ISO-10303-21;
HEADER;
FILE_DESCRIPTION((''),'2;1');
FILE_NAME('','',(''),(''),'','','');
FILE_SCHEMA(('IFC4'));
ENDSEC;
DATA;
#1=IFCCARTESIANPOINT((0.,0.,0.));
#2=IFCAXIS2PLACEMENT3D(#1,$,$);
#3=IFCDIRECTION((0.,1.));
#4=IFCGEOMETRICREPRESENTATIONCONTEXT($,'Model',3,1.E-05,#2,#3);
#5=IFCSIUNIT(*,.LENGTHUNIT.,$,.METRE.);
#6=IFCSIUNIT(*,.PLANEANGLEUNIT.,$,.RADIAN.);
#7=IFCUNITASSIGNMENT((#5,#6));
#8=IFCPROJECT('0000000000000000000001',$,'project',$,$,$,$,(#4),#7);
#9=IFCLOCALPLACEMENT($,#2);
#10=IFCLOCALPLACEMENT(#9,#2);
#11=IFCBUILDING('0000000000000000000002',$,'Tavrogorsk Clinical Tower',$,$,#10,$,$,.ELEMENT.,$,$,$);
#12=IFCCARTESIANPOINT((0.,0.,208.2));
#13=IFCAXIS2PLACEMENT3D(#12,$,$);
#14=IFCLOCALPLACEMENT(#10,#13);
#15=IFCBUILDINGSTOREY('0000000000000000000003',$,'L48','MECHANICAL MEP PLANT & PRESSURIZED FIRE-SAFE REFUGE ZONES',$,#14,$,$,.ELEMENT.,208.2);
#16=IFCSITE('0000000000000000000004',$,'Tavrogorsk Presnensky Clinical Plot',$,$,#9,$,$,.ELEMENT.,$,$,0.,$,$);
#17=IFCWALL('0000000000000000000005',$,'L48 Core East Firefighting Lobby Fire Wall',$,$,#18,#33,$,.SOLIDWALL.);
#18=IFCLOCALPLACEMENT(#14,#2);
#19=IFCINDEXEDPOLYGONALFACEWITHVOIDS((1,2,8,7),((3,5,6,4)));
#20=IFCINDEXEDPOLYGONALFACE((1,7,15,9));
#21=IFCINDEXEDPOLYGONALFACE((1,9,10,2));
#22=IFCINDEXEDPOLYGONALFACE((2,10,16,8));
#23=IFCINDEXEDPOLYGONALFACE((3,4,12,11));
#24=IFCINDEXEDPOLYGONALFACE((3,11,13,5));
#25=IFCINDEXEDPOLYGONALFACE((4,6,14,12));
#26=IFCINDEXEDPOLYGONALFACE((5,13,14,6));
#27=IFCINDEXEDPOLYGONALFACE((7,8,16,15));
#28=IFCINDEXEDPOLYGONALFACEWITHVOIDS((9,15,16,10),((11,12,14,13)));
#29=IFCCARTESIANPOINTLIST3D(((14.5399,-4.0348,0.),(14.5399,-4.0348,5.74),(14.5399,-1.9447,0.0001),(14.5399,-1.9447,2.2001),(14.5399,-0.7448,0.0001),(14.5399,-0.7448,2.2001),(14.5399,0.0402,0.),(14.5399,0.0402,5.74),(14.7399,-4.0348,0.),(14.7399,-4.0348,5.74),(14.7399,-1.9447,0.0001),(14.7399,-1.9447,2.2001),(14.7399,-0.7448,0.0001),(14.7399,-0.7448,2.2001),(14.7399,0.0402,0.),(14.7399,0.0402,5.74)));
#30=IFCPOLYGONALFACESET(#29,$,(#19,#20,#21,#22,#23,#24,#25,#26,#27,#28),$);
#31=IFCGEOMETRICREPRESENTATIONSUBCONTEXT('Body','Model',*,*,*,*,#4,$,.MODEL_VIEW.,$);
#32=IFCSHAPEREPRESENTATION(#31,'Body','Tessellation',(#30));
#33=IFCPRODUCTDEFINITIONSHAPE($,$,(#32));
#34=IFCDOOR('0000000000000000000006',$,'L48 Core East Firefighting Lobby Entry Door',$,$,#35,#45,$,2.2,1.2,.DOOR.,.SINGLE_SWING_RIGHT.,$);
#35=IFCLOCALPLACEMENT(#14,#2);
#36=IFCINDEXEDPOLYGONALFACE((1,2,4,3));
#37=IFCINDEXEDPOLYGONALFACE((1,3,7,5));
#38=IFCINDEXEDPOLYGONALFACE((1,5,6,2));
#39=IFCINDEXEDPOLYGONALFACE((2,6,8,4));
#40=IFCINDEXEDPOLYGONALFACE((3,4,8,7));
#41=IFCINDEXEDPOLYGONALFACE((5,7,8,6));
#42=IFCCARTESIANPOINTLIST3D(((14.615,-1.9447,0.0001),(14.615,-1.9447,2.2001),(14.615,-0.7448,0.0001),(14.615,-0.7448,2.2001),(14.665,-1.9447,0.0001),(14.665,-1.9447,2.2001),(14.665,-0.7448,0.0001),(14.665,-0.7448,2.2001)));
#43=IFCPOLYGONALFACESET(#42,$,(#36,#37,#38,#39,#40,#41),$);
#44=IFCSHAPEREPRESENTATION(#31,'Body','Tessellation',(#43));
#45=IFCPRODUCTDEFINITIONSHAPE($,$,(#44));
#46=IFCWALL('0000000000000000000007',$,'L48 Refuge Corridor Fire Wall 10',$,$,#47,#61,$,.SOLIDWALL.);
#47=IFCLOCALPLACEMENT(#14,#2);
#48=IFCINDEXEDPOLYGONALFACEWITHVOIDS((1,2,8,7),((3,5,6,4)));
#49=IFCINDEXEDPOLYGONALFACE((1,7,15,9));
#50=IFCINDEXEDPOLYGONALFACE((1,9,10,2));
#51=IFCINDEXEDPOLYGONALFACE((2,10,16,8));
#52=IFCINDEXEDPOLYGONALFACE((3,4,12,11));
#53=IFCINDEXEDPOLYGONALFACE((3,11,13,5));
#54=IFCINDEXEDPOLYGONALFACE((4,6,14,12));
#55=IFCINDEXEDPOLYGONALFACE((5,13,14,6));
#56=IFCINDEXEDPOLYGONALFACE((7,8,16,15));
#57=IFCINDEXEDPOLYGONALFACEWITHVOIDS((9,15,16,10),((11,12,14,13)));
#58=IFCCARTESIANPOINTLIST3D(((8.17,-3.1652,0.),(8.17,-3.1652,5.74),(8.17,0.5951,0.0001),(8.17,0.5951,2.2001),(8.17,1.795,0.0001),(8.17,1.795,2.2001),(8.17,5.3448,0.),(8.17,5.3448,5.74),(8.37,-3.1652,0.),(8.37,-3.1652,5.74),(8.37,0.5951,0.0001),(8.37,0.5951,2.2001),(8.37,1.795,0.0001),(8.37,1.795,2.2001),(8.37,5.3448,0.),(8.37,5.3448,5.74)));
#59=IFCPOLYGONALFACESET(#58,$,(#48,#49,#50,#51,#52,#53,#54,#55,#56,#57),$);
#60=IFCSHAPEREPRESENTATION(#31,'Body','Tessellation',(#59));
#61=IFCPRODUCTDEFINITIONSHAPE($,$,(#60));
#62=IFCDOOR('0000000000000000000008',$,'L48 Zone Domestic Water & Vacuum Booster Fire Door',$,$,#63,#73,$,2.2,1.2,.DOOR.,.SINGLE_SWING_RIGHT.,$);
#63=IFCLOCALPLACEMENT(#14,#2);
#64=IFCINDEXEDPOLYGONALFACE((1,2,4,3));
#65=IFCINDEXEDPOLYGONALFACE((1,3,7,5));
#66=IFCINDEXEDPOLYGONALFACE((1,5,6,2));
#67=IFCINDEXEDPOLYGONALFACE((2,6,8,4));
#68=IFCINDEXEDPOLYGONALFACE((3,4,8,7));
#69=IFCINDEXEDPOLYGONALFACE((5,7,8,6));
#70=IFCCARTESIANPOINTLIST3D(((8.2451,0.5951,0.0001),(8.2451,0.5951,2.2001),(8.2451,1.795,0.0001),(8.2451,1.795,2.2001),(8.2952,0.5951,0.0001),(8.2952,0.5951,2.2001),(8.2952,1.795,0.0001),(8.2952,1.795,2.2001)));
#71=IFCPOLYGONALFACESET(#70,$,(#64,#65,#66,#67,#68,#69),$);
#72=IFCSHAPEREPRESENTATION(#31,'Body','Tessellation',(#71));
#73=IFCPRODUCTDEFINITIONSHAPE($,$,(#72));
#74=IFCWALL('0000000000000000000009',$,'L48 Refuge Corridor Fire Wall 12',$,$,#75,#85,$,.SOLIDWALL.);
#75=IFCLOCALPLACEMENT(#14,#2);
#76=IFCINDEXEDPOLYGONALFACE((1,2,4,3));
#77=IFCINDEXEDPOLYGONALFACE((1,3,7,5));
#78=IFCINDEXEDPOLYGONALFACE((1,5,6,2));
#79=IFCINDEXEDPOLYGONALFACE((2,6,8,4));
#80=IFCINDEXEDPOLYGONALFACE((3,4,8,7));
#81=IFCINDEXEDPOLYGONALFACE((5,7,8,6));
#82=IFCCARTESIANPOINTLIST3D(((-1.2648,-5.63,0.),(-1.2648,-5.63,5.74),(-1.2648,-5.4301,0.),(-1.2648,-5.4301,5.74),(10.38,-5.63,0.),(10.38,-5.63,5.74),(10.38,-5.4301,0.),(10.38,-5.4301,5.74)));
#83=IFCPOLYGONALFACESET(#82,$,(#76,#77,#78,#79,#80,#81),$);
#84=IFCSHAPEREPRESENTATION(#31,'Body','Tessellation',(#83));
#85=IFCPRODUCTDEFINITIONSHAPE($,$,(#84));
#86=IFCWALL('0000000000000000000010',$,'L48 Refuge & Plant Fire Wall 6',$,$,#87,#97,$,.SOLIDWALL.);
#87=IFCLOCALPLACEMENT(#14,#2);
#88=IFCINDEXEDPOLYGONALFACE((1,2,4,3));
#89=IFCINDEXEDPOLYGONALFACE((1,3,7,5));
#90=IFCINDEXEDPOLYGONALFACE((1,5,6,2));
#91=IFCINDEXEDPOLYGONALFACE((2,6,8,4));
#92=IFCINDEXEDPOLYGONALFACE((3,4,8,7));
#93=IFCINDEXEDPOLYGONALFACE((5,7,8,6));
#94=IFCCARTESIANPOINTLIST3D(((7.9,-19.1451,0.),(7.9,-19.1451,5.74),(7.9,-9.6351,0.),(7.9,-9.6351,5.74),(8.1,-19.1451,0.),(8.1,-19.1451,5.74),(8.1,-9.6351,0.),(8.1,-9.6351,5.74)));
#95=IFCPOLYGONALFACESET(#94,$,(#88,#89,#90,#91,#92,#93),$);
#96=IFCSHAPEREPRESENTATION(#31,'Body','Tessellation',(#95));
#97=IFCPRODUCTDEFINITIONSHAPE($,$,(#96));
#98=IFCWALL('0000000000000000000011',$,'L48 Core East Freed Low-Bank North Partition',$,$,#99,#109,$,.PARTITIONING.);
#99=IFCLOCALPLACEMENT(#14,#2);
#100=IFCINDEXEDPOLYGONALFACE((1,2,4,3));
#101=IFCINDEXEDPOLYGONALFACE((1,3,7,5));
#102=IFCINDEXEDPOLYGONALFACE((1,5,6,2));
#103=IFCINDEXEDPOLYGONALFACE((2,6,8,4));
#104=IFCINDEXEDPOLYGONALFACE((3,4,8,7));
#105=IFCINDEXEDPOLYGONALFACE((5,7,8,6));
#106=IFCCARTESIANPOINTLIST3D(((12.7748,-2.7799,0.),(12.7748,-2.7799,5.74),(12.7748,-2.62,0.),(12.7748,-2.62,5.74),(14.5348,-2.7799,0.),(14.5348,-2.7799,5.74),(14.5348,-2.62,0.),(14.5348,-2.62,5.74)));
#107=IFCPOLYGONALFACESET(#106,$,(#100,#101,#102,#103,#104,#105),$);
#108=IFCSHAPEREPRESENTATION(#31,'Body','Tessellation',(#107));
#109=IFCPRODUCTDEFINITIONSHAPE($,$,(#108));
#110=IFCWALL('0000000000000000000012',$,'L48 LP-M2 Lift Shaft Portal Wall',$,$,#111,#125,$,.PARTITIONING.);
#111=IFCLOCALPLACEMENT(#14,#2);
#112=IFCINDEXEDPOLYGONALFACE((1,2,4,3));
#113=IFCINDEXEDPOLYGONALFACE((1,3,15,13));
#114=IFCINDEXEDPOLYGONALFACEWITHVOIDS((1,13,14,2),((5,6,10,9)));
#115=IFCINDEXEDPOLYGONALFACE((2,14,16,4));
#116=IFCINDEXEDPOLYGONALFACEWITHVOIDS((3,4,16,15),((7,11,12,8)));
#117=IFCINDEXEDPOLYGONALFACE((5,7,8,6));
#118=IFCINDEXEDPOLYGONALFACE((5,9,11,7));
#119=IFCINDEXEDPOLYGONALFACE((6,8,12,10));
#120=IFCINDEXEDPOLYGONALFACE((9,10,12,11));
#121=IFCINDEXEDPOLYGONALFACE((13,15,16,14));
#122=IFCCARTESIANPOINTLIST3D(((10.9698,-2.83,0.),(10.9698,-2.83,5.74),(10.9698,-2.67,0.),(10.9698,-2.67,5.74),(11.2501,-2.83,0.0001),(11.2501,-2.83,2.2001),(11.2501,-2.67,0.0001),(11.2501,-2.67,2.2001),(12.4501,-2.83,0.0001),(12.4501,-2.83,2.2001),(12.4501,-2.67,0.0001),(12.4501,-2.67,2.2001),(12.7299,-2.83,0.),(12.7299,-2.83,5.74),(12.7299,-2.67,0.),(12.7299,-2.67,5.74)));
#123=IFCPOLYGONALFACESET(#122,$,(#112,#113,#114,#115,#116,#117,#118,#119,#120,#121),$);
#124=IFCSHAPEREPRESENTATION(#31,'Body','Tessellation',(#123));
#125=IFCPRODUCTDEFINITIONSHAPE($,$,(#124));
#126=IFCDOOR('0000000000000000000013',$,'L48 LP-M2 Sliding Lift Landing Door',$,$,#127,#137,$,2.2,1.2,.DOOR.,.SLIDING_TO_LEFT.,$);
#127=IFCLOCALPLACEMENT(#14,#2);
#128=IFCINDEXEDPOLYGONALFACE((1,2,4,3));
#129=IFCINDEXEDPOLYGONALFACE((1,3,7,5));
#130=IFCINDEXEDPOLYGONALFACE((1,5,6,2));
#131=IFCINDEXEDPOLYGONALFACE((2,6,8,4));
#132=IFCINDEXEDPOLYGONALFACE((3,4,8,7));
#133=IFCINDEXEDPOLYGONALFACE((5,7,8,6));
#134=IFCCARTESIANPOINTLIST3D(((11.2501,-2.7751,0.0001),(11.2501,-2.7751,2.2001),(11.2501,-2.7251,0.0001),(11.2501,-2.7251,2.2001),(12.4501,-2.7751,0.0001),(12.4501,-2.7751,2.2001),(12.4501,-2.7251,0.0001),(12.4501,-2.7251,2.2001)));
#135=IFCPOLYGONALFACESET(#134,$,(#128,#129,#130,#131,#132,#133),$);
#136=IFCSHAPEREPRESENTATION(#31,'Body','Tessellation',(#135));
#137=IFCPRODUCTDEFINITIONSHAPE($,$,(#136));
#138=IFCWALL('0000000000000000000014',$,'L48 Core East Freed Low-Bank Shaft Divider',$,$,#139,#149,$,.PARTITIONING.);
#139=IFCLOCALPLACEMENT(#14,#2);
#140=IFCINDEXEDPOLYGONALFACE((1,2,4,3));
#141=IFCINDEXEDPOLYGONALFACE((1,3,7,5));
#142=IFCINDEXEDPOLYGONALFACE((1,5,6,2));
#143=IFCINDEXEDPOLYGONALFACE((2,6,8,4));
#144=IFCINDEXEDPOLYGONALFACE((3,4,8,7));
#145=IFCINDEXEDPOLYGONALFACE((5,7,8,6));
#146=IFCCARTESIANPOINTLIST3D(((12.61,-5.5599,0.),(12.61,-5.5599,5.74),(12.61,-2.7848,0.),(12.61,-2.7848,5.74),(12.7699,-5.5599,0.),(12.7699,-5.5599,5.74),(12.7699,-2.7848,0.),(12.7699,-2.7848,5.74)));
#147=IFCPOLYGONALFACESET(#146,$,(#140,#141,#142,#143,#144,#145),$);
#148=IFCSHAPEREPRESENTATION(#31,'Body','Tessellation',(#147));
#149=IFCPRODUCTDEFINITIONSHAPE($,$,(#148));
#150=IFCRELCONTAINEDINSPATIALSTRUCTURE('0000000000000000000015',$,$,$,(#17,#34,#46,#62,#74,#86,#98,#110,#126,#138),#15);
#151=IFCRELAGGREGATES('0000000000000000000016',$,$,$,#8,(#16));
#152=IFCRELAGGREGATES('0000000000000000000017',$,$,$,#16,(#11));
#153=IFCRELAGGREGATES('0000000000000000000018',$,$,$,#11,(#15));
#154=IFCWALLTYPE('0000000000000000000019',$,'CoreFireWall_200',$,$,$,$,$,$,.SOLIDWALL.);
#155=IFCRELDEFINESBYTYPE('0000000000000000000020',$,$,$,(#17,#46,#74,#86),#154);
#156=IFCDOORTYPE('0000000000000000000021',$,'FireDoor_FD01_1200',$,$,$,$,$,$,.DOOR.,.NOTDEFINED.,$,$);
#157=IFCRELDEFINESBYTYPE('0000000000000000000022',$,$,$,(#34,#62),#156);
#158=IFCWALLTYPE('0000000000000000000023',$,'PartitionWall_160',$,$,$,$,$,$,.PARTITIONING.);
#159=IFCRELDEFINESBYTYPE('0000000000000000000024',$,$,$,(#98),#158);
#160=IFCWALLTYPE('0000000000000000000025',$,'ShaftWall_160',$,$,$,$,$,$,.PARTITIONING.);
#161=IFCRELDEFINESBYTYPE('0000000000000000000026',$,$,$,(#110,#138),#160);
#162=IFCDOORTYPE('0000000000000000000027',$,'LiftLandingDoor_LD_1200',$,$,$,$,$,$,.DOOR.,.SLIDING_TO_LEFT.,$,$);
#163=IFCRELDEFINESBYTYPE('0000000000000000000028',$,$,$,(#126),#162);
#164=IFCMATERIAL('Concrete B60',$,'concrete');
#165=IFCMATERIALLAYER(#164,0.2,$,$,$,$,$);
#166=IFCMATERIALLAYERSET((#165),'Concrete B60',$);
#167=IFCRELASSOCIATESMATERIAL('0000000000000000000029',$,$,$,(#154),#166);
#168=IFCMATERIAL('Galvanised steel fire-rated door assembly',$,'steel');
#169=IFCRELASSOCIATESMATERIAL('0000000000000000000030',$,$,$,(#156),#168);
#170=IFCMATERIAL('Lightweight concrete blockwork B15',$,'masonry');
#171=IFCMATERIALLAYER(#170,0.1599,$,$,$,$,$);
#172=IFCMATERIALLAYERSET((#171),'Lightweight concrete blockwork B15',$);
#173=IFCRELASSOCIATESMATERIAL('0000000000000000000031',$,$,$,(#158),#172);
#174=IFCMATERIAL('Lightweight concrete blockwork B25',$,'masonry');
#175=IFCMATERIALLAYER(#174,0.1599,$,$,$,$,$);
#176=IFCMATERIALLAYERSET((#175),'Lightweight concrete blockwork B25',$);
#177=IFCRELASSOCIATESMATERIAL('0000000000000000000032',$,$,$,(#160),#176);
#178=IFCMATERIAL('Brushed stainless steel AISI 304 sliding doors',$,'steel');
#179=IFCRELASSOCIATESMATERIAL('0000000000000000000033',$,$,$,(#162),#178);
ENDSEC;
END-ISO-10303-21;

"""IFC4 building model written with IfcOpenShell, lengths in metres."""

from ifc_helpers import new_model, si_unit, direction, frame, frame_2d, origin, place, context, subcontext, project, spatial, rectangle, extrude, material, layer, layer_set, type_object, element, fill, save


model = new_model("IFC4")

# Units and contexts
model_context = context("Model", 3, precision=1e-05, world=origin(), true_north=direction((0.0, 1.0)))
body_context = subcontext(model_context, "Body", "Model", "MODEL_VIEW")
ifc_project = project(units=[si_unit("LENGTHUNIT", "METRE"), si_unit("PLANEANGLEUNIT", "RADIAN")], contexts=[model_context])

# Site, building, storey
site_placement = place(None, origin())
site = spatial("IfcSite", under=ifc_project, at=site_placement, Name="Tavrogorsk Presnensky Clinical Plot", CompositionType="ELEMENT", RefElevation=0.0)
building_placement = place(site_placement, origin())
building = spatial("IfcBuilding", under=site, at=building_placement, Name="Tavrogorsk Clinical Tower", CompositionType="ELEMENT")
storey_placement = place(building_placement, frame((0.0, 0.0, 208.2)))
storey = spatial("IfcBuildingStorey", under=building, at=storey_placement, Name="L48", Description="MECHANICAL MEP PLANT & PRESSURIZED FIRE-SAFE REFUGE ZONES", CompositionType="ELEMENT", Elevation=208.2)

# Walls, openings, doors
ifc_material_1 = material(Name="Concrete B60", Category="concrete")
ifc_layer_1 = layer(ifc_material_1, 0.2)
ifc_layer_set_1 = layer_set([ifc_layer_1], Name="Concrete B60")
wall_type_1 = type_object("IfcWallType", Name="CoreFireWall_200", PredefinedType="SOLIDWALL", material=ifc_layer_set_1)
wall_1_placement = place(storey_placement, frame((14.6399, -4.0349, 0.0), z_axis=(0.0, 0.0, 1.0), x_axis=(0.0, 1.0, 0.0)))
wall_1 = element("IfcWall", 1, at=wall_1_placement, inside=storey, type_object=wall_type_1, Name="L48 Core East Firefighting Lobby Fire Wall", PredefinedType="SOLIDWALL", context=body_context, shape_type="SweptSolid", body=[
    extrude(rectangle(XDim=4.075, YDim=0.2, at=frame_2d((2.0376, 0.0))), origin(), (0.0, 0.0, 1.0), 5.74),
])
opening_1_placement = place(wall_1_placement, frame((2.0901, 0.0, 0.0)))
opening_1 = element("IfcOpeningElement", 2, at=opening_1_placement, cuts=wall_1, PredefinedType="OPENING", context=body_context, shape_type="SweptSolid", body=[
    extrude(rectangle(XDim=1.2, YDim=2.2, at=frame_2d((0.6001, 1.1001))), frame((0.0, 0.1099, 0.0), z_axis=(0.0, -1.0, 0.0), x_axis=(1.0, 0.0, 0.0)), (0.0, 0.0, 1.0), 0.22),
])
ifc_material_2 = material(Name="Galvanised steel fire-rated door assembly", Category="steel")
door_type_1 = type_object("IfcDoorType", Name="FireDoor_FD01_1200", OperationType="NOTDEFINED", PredefinedType="DOOR", material=ifc_material_2)
door_1_placement = place(opening_1_placement, origin())
door_1 = element("IfcDoor", 3, at=door_1_placement, inside=storey, type_object=door_type_1, Name="L48 Core East Firefighting Lobby Entry Door", OperationType="SINGLE_SWING_RIGHT", OverallHeight=2.2, OverallWidth=1.2, PredefinedType="DOOR", context=body_context, shape_type="SweptSolid", body=[
    extrude(rectangle(XDim=1.2, YDim=2.2, at=frame_2d((0.6001, 1.1001))), frame((0.0, 0.0249, 0.0), z_axis=(0.0, -1.0, 0.0), x_axis=(1.0, 0.0, 0.0)), (0.0, 0.0, 1.0), 0.05),
])
fill(opening_1, door_1)
wall_2_placement = place(storey_placement, frame((8.27, -3.165, 0.0), z_axis=(0.0, 0.0, 1.0), x_axis=(0.0, 1.0, 0.0)))
wall_2 = element("IfcWall", 4, at=wall_2_placement, inside=storey, type_object=wall_type_1, Name="L48 Refuge Corridor Fire Wall 10", PredefinedType="SOLIDWALL", context=body_context, shape_type="SweptSolid", body=[
    extrude(rectangle(XDim=8.51, YDim=0.2, at=frame_2d((4.2549, 0.0))), origin(), (0.0, 0.0, 1.0), 5.74),
])
opening_2_placement = place(wall_2_placement, frame((3.76, 0.0, 0.0)))
opening_2 = element("IfcOpeningElement", 5, at=opening_2_placement, cuts=wall_2, PredefinedType="OPENING", context=body_context, shape_type="SweptSolid", body=[
    extrude(rectangle(XDim=1.2, YDim=2.2, at=frame_2d((0.6001, 1.1001))), frame((0.0, 0.1099, 0.0), z_axis=(0.0, -1.0, 0.0), x_axis=(1.0, 0.0, 0.0)), (0.0, 0.0, 1.0), 0.22),
])
door_2_placement = place(opening_2_placement, origin())
door_2 = element("IfcDoor", 6, at=door_2_placement, inside=storey, type_object=door_type_1, Name="L48 Zone Domestic Water & Vacuum Booster Fire Door", OperationType="SINGLE_SWING_RIGHT", OverallHeight=2.2, OverallWidth=1.2, PredefinedType="DOOR", context=body_context, shape_type="SweptSolid", body=[
    extrude(rectangle(XDim=1.2, YDim=2.2, at=frame_2d((0.6001, 1.1001))), frame((0.0, 0.0249, 0.0), z_axis=(0.0, -1.0, 0.0), x_axis=(1.0, 0.0, 0.0)), (0.0, 0.0, 1.0), 0.05),
])
fill(opening_2, door_2)

# Walls
wall_3_placement = place(storey_placement, frame((10.3799, -5.53, 0.0), z_axis=(0.0, 0.0, 1.0), x_axis=(-1.0, 0.0, 0.0)))
element("IfcWall", 7, at=wall_3_placement, inside=storey, type_object=wall_type_1, Name="L48 Refuge Corridor Fire Wall 12", PredefinedType="SOLIDWALL", context=body_context, shape_type="SweptSolid", body=[
    extrude(rectangle(XDim=11.6448, YDim=0.2, at=frame_2d((5.8223, 0.0))), origin(), (0.0, 0.0, 1.0), 5.74),
])
wall_4_placement = place(storey_placement, frame((8.0, -19.145, 0.0), z_axis=(0.0, 0.0, 1.0), x_axis=(0.0, 1.0, 0.0)))
element("IfcWall", 8, at=wall_4_placement, inside=storey, type_object=wall_type_1, Name="L48 Refuge & Plant Fire Wall 6", PredefinedType="SOLIDWALL", context=body_context, shape_type="SweptSolid", body=[
    extrude(rectangle(XDim=9.51, YDim=0.2, at=frame_2d((4.7549, 0.0))), origin(), (0.0, 0.0, 1.0), 5.74),
])
ifc_material_3 = material(Name="Lightweight concrete blockwork B15", Category="masonry")
ifc_layer_2 = layer(ifc_material_3, 0.1599)
ifc_layer_set_2 = layer_set([ifc_layer_2], Name="Lightweight concrete blockwork B15")
wall_type_2 = type_object("IfcWallType", Name="PartitionWall_160", PredefinedType="PARTITIONING", material=ifc_layer_set_2)
wall_5_placement = place(storey_placement, frame((12.7749, -2.7, 0.0), z_axis=(0.0, 0.0, 1.0), x_axis=(1.0, 0.0, 0.0)))
element("IfcWall", 9, at=wall_5_placement, inside=storey, type_object=wall_type_2, Name="L48 Core East Freed Low-Bank North Partition", PredefinedType="PARTITIONING", context=body_context, shape_type="SweptSolid", body=[
    extrude(rectangle(XDim=1.76, YDim=0.1599, at=frame_2d((0.8799, 0.0))), origin(), (0.0, 0.0, 1.0), 5.74),
])

# Wall, opening, door
ifc_material_4 = material(Name="Lightweight concrete blockwork B25", Category="masonry")
ifc_layer_3 = layer(ifc_material_4, 0.1599)
ifc_layer_set_3 = layer_set([ifc_layer_3], Name="Lightweight concrete blockwork B25")
wall_type_3 = type_object("IfcWallType", Name="ShaftWall_160", PredefinedType="PARTITIONING", material=ifc_layer_set_3)
wall_6_placement = place(storey_placement, frame((10.97, -2.75, 0.0), z_axis=(0.0, 0.0, 1.0), x_axis=(1.0, 0.0, 0.0)))
wall_6 = element("IfcWall", 10, at=wall_6_placement, inside=storey, type_object=wall_type_3, Name="L48 LP-M2 Lift Shaft Portal Wall", PredefinedType="PARTITIONING", context=body_context, shape_type="SweptSolid", body=[
    extrude(rectangle(XDim=1.76, YDim=0.1599, at=frame_2d((0.8799, 0.0))), origin(), (0.0, 0.0, 1.0), 5.74),
])
opening_3_placement = place(wall_6_placement, frame((0.28, 0.0, 0.0)))
opening_3 = element("IfcOpeningElement", 11, at=opening_3_placement, cuts=wall_6, PredefinedType="OPENING", context=body_context, shape_type="SweptSolid", body=[
    extrude(rectangle(XDim=1.2, YDim=2.2, at=frame_2d((0.6001, 1.1001))), frame((0.0, 0.0898, 0.0), z_axis=(0.0, -1.0, 0.0), x_axis=(1.0, 0.0, 0.0)), (0.0, 0.0, 1.0), 0.1799),
])
ifc_material_5 = material(Name="Brushed stainless steel AISI 304 sliding doors", Category="steel")
door_type_2 = type_object("IfcDoorType", Name="LiftLandingDoor_LD_1200", OperationType="SLIDING_TO_LEFT", PredefinedType="DOOR", material=ifc_material_5)
door_3_placement = place(opening_3_placement, origin())
door_3 = element("IfcDoor", 12, at=door_3_placement, inside=storey, type_object=door_type_2, Name="L48 LP-M2 Sliding Lift Landing Door", OperationType="SLIDING_TO_LEFT", OverallHeight=2.2, OverallWidth=1.2, PredefinedType="DOOR", context=body_context, shape_type="SweptSolid", body=[
    extrude(rectangle(XDim=1.2, YDim=2.2, at=frame_2d((0.6001, 1.1001))), frame((0.0, 0.0249, 0.0), z_axis=(0.0, -1.0, 0.0), x_axis=(1.0, 0.0, 0.0)), (0.0, 0.0, 1.0), 0.05),
])
fill(opening_3, door_3)

# Wall
wall_7_placement = place(storey_placement, frame((12.6899, -5.5601, 0.0), z_axis=(0.0, 0.0, 1.0), x_axis=(0.0, 1.0, 0.0)))
element("IfcWall", 13, at=wall_7_placement, inside=storey, type_object=wall_type_3, Name="L48 Core East Freed Low-Bank Shaft Divider", PredefinedType="PARTITIONING", context=body_context, shape_type="SweptSolid", body=[
    extrude(rectangle(XDim=2.7751, YDim=0.1599, at=frame_2d((1.3877, 0.0))), origin(), (0.0, 0.0, 1.0), 5.74),
])

save(model, "model.ifc")
